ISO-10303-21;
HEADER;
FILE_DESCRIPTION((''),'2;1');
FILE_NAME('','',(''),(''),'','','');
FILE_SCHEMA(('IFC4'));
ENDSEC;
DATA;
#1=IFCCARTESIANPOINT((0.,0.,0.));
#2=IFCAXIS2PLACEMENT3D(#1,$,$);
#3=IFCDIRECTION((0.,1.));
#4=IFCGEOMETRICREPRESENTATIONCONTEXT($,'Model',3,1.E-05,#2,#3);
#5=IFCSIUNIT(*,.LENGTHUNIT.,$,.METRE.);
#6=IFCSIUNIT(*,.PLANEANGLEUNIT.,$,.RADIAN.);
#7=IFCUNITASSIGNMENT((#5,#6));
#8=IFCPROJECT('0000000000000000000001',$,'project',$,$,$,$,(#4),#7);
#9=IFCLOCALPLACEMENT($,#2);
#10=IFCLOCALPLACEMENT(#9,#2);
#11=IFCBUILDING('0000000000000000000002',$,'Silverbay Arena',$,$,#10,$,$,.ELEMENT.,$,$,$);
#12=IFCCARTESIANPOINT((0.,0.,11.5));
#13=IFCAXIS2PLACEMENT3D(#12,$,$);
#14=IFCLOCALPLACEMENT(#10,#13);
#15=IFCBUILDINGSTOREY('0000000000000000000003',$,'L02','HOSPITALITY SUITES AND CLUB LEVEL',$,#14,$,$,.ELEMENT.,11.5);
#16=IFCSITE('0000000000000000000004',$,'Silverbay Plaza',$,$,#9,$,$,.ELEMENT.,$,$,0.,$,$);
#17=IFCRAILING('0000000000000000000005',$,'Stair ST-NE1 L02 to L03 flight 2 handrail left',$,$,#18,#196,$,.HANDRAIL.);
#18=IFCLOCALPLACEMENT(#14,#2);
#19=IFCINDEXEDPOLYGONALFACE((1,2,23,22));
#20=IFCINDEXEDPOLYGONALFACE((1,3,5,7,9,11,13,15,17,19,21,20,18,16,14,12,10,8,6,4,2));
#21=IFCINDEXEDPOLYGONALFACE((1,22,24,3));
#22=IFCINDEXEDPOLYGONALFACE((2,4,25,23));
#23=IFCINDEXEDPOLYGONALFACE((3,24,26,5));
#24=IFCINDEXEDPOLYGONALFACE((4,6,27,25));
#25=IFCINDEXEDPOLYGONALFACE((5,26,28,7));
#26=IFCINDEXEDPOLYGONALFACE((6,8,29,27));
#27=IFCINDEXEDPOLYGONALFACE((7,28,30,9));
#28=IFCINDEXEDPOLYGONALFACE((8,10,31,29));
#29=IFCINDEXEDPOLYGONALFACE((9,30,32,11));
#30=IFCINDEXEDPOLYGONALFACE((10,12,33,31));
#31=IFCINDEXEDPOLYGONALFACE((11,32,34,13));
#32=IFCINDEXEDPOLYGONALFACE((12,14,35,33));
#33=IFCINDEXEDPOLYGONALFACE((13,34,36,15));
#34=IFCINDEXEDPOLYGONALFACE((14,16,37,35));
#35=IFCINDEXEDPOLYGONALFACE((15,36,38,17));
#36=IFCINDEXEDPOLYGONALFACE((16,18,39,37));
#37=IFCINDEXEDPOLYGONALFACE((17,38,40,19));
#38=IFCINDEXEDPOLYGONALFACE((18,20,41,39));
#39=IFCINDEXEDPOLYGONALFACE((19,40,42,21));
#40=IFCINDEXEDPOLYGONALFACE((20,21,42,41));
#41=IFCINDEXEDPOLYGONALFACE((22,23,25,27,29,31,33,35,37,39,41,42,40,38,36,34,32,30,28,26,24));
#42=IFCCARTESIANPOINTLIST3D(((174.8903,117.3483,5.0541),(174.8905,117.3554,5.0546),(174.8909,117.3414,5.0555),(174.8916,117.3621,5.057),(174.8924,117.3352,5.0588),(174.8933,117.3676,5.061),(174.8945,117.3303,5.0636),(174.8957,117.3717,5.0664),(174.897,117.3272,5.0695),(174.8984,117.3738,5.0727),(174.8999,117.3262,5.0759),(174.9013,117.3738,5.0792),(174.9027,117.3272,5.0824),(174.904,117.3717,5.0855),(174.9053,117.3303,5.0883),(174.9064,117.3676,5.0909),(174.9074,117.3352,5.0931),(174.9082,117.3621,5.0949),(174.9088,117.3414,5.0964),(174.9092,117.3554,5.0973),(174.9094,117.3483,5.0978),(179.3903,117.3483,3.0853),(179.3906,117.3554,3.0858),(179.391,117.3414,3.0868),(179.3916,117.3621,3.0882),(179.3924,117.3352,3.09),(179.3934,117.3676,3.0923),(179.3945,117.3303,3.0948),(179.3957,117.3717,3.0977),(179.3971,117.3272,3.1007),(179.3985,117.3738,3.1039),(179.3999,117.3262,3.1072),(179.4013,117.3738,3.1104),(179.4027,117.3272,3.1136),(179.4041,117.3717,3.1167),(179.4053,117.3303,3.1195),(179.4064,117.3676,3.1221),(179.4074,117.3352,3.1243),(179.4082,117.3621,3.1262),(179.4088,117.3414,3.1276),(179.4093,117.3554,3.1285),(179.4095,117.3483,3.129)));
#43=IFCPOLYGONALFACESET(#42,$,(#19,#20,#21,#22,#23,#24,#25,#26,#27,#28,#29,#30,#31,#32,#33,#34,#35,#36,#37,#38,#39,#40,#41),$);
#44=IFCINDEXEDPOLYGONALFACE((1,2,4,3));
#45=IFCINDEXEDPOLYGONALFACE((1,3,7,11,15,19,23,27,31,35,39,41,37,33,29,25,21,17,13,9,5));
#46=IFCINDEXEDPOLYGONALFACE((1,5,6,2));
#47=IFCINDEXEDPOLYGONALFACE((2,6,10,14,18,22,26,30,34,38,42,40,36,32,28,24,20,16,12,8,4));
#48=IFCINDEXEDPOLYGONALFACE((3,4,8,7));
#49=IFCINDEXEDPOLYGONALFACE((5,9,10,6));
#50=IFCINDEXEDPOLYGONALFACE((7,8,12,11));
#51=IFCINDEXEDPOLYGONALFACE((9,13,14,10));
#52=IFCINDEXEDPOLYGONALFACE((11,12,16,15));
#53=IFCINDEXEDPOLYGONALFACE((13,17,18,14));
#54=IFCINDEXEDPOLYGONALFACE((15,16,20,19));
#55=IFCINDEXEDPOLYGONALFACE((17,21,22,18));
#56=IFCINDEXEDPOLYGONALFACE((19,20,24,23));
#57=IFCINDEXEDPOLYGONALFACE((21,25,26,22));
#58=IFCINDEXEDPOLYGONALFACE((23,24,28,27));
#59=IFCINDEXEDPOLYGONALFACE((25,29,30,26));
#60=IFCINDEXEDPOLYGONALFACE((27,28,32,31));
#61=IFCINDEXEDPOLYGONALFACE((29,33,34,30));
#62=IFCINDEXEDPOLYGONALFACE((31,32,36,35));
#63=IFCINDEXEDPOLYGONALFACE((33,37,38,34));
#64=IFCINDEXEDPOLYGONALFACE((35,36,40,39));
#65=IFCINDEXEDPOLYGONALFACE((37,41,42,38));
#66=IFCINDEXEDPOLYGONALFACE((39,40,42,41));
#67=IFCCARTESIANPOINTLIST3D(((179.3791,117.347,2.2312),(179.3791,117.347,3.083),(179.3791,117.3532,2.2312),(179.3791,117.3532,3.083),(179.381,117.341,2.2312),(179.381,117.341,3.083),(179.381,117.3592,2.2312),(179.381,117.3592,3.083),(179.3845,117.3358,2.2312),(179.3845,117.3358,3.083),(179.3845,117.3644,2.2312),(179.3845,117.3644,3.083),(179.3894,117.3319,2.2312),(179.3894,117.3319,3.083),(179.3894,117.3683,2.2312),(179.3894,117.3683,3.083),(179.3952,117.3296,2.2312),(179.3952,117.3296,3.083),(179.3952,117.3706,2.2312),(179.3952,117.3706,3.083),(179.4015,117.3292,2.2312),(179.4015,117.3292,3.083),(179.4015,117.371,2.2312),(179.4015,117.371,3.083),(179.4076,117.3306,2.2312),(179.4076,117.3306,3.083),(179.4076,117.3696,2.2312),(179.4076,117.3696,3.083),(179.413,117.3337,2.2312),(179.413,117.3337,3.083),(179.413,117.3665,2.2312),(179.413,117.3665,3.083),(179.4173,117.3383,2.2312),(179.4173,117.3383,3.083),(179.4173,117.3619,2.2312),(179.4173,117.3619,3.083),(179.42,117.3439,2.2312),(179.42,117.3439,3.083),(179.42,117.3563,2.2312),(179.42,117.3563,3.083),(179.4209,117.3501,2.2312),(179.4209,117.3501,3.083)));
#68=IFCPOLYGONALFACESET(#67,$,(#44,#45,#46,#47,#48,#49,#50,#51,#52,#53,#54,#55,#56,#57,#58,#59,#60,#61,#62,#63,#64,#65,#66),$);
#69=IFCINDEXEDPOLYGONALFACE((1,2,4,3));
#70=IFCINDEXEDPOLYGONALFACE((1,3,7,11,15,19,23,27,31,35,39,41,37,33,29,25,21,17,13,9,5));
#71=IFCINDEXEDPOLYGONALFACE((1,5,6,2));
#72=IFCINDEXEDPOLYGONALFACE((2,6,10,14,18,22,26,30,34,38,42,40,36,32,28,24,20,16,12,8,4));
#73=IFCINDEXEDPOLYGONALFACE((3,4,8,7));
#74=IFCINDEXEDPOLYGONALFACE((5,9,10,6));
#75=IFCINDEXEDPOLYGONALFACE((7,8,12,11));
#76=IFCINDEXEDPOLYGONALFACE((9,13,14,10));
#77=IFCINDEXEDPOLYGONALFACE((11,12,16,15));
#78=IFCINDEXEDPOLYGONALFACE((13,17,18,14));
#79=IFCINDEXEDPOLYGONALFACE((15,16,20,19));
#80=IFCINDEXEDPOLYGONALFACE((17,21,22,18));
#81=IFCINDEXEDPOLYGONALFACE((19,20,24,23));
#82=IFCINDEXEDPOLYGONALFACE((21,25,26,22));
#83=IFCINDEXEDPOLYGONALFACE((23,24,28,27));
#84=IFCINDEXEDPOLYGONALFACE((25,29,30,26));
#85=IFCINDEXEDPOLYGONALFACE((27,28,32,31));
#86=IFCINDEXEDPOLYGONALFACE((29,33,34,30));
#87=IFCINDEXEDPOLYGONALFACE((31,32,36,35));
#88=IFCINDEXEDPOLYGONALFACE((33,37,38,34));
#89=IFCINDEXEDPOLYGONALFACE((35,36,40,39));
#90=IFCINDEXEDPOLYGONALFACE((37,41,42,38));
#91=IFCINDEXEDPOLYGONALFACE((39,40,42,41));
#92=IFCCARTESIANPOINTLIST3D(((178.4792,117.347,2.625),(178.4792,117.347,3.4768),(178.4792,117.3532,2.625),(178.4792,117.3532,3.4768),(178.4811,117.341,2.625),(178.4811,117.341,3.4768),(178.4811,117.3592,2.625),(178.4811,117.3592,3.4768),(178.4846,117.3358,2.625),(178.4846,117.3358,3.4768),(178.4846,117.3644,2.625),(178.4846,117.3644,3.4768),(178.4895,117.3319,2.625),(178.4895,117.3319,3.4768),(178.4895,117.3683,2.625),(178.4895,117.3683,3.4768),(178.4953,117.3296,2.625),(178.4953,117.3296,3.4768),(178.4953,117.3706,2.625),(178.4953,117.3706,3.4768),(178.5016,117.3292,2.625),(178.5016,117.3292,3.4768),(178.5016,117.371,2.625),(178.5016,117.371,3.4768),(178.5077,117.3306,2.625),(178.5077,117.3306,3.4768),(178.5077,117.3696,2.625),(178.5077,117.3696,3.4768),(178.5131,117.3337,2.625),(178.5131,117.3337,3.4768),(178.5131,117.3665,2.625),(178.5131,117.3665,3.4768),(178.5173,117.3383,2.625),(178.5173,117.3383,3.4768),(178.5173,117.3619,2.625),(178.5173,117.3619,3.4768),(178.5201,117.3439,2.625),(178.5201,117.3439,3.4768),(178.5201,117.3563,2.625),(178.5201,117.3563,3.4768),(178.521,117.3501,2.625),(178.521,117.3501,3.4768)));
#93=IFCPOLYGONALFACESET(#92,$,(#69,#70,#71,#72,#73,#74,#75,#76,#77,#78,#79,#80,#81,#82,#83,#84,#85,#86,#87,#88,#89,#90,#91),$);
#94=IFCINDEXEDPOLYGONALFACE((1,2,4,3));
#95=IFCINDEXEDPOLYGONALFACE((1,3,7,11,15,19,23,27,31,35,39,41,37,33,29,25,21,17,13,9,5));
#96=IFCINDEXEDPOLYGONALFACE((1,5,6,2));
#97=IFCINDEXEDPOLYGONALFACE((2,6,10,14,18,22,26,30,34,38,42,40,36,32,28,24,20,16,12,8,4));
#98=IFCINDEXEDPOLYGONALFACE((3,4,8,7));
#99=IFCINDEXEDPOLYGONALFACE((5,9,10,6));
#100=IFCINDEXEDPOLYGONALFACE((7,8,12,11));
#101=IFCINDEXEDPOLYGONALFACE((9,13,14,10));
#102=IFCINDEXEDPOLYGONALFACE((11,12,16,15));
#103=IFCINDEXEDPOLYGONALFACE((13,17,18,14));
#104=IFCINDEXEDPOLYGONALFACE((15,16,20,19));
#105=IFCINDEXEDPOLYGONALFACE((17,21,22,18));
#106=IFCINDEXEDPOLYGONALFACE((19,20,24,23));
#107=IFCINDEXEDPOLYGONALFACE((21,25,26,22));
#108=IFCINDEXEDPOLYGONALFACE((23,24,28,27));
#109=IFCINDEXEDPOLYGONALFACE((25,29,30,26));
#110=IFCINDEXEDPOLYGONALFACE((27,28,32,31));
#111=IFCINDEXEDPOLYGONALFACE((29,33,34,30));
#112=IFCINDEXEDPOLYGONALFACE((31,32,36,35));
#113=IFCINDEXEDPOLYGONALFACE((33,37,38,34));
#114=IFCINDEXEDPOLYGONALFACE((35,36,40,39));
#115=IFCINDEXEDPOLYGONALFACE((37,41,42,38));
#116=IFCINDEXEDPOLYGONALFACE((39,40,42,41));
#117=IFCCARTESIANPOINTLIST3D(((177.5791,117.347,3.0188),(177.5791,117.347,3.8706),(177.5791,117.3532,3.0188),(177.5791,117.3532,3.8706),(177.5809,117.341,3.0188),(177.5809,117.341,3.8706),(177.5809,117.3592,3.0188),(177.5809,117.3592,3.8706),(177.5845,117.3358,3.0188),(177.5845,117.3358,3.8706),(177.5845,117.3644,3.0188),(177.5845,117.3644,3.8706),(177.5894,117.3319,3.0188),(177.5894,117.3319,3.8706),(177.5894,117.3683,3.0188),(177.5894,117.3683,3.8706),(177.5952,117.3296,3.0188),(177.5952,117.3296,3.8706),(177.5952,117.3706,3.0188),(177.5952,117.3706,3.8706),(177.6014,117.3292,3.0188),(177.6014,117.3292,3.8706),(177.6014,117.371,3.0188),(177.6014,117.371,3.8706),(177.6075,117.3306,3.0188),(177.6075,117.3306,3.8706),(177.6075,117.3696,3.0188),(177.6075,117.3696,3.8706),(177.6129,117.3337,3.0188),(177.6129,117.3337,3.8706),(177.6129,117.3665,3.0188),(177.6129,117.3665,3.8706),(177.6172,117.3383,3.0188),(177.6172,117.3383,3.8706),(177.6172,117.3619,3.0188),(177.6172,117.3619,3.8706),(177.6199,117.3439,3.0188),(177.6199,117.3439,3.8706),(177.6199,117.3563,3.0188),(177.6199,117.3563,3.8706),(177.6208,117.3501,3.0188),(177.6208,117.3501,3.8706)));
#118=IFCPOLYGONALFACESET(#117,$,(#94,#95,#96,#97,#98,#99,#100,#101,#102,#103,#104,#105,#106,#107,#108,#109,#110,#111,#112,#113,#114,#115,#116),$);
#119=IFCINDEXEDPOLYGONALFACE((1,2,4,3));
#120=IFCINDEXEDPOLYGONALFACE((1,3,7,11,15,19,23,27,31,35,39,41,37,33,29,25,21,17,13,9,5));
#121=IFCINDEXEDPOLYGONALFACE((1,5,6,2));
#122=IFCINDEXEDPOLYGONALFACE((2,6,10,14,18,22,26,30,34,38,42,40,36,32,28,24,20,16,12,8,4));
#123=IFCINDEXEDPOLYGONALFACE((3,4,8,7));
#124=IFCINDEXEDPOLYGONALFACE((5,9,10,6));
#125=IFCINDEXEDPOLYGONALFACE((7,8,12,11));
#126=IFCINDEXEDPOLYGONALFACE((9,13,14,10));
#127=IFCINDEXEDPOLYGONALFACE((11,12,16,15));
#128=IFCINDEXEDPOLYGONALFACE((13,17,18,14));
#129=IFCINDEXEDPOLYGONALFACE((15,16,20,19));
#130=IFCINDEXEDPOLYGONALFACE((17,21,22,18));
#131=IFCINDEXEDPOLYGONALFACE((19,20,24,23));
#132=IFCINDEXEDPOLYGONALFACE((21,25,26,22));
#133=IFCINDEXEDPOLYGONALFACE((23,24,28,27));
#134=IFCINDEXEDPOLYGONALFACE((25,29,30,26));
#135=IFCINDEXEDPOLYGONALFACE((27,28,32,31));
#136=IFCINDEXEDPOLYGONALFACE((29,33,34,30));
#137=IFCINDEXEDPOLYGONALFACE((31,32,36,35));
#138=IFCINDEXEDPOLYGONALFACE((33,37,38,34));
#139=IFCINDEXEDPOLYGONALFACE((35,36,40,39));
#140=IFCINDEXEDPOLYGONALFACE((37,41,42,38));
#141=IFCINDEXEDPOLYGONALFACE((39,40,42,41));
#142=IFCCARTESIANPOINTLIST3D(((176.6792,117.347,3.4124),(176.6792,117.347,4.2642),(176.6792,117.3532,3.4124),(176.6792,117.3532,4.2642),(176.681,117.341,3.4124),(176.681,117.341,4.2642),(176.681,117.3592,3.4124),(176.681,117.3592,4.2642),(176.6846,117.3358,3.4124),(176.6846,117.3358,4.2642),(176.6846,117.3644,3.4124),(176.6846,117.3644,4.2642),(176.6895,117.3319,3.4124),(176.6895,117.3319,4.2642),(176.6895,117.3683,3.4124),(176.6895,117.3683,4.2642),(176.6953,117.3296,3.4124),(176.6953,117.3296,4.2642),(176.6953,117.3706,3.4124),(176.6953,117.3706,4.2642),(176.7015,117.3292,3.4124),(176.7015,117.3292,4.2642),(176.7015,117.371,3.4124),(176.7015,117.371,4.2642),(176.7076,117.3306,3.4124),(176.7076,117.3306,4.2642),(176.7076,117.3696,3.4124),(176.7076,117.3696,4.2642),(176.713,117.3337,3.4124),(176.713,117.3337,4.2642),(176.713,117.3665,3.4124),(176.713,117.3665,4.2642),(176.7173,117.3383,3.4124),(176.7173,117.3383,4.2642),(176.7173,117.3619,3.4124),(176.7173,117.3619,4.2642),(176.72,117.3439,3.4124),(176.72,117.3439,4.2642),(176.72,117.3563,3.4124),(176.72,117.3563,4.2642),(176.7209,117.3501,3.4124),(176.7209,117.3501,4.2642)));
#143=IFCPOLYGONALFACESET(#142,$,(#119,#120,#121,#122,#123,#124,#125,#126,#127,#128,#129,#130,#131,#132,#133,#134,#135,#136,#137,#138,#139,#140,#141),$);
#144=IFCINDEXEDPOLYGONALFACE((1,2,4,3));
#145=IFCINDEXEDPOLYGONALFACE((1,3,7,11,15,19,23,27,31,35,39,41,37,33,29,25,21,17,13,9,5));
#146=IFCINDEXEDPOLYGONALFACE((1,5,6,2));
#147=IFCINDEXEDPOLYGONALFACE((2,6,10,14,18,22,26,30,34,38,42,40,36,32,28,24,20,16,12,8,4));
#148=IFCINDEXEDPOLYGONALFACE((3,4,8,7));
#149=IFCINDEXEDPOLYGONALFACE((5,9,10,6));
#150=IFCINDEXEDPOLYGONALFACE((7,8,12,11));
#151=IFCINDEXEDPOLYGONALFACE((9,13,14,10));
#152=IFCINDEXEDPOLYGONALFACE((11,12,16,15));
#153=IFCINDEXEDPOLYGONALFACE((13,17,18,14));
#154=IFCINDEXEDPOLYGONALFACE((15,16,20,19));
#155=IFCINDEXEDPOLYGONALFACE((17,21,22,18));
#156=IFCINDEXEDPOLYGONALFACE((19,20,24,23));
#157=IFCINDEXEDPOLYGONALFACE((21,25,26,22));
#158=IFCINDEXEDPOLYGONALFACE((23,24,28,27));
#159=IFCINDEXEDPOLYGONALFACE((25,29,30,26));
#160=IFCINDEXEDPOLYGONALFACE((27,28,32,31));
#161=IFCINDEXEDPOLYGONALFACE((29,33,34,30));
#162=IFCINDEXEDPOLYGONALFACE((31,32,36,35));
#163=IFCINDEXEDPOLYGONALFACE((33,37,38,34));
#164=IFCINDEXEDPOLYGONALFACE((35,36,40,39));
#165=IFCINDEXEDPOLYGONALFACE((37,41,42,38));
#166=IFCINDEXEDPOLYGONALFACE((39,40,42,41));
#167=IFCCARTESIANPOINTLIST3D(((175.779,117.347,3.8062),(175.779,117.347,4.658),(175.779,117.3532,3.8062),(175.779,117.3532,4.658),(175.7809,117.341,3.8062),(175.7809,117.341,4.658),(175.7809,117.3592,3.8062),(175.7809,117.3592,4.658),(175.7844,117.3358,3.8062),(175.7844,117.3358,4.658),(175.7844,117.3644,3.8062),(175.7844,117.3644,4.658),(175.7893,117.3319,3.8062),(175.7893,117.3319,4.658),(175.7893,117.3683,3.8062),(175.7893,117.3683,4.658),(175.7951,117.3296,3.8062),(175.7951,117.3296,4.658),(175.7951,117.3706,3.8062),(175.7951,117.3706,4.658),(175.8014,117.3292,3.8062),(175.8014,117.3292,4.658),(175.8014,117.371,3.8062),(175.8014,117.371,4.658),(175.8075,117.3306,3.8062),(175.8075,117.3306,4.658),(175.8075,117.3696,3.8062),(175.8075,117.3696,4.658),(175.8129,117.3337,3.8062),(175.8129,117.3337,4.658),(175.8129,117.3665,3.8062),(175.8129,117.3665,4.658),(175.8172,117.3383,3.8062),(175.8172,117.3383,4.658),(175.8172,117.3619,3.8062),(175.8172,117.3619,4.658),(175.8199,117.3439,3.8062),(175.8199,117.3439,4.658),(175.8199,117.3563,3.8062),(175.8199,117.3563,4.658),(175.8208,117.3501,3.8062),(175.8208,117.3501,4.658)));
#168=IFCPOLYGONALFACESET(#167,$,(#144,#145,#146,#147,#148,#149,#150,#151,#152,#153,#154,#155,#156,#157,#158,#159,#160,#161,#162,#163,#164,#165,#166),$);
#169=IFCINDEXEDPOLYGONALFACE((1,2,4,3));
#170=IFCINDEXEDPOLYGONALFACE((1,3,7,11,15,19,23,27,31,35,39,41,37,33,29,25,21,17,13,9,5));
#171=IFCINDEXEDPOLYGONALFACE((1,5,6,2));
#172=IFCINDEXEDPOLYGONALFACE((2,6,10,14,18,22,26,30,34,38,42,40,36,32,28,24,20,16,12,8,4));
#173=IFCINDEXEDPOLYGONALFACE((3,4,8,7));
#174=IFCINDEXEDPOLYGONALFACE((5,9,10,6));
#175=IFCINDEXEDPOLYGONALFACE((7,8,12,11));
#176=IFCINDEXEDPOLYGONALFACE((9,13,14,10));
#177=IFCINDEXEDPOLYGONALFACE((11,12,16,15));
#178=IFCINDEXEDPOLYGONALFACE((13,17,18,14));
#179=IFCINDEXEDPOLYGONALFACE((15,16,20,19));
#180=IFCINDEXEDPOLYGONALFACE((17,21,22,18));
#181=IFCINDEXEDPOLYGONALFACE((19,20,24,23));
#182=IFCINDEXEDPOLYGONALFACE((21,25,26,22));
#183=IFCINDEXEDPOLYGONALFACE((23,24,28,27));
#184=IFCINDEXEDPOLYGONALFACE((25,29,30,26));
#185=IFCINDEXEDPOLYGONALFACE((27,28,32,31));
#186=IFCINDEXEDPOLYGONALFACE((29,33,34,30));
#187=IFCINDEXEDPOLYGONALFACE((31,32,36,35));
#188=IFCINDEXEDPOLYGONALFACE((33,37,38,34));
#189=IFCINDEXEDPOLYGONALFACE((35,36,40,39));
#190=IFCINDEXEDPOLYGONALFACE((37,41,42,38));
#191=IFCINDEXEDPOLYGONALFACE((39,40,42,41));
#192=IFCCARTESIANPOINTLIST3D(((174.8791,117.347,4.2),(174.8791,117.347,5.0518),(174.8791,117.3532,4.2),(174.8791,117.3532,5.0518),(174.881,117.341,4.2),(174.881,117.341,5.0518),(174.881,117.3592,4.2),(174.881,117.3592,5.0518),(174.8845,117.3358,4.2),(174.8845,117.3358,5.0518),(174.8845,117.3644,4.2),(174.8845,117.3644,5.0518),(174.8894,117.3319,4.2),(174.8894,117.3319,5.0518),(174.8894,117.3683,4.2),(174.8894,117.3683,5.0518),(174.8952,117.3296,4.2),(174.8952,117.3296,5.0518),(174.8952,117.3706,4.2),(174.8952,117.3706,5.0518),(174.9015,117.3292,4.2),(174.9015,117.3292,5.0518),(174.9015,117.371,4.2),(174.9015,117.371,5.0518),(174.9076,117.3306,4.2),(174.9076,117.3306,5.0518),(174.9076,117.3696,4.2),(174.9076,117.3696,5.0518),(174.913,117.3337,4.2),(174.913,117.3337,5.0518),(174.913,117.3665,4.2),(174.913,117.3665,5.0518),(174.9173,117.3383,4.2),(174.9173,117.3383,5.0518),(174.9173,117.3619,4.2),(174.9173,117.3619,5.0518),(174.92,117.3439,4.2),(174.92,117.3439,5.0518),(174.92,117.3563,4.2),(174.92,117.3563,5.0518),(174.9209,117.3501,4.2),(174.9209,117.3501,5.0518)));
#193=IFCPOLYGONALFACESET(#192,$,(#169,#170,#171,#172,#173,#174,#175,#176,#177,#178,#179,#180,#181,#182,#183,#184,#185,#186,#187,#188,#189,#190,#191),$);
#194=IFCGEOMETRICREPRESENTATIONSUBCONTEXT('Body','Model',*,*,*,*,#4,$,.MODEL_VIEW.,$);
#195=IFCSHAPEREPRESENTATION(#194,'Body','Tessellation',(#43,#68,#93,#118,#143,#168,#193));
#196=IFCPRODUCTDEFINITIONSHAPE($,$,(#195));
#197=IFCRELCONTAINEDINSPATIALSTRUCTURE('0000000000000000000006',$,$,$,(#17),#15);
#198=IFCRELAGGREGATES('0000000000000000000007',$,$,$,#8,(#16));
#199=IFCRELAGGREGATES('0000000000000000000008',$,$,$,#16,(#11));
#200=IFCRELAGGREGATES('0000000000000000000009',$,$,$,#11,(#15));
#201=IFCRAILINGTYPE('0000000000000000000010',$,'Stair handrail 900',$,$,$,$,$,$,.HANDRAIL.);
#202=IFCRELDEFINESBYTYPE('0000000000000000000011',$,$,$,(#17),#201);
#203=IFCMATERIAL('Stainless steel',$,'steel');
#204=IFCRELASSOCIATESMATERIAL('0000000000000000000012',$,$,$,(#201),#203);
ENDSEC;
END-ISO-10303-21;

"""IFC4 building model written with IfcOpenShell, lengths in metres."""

from ifc_helpers import new_model, si_unit, direction, frame, origin, origin_2d, place, context, subcontext, project, spatial, circle, extrude, material, type_object, element, save


model = new_model("IFC4")

# Units and contexts
model_context = context("Model", 3, precision=1e-05, world=origin(), true_north=direction((0.0, 1.0)))
body_context = subcontext(model_context, "Body", "Model", "MODEL_VIEW")
ifc_project = project(units=[si_unit("LENGTHUNIT", "METRE"), si_unit("PLANEANGLEUNIT", "RADIAN")], contexts=[model_context])

# Site, building, storey
site_placement = place(None, origin())
site = spatial("IfcSite", under=ifc_project, at=site_placement, Name="Silverbay Plaza", CompositionType="ELEMENT", RefElevation=0.0)
building_placement = place(site_placement, origin())
building = spatial("IfcBuilding", under=site, at=building_placement, Name="Silverbay Arena", CompositionType="ELEMENT")
storey_placement = place(building_placement, frame((0.0, 0.0, 11.5)))
storey = spatial("IfcBuildingStorey", under=building, at=storey_placement, Name="L02", Description="HOSPITALITY SUITES AND CLUB LEVEL", CompositionType="ELEMENT", Elevation=11.5)

# Railing
ifc_material_1 = material(Name="Stainless steel", Category="steel")
railing_type_1 = type_object("IfcRailingType", Name="Stair handrail 900", PredefinedType="HANDRAIL", material=ifc_material_1)
for number, where, name in (
    (1, (179.3999, 117.3501, 2.2312), "Stair ST-NE1 L02 to L03 flight 2 handrail left"),
):
    element("IfcRailing", number, at=place(storey_placement, frame(where)), inside=storey, type_object=railing_type_1, Name=name, PredefinedType="HANDRAIL", context=body_context, shape_type="SweptSolid", body=[
        extrude(circle(Radius=0.0239, at=origin_2d()), frame((0.0, 0.0, 0.876), z_axis=(-0.916157, 0.0, 0.400819), x_axis=(0.0, -1.0, 0.0)), (0.0, 0.0, 1.0), 4.9119),
        extrude(circle(Radius=0.021, at=origin_2d()), origin(), (0.0, 0.0, 1.0), 0.8518),
        extrude(circle(Radius=0.021, at=origin_2d()), frame((-0.8999, 0.0, 0.3938)), (0.0, 0.0, 1.0), 0.8518),
        extrude(circle(Radius=0.021, at=origin_2d()), frame((-1.8, 0.0, 0.7876)), (0.0, 0.0, 1.0), 0.8518),
        extrude(circle(Radius=0.021, at=origin_2d()), frame((-2.7, 0.0, 1.1812)), (0.0, 0.0, 1.0), 0.8518),
        extrude(circle(Radius=0.021, at=origin_2d()), frame((-3.6001, 0.0, 1.575)), (0.0, 0.0, 1.0), 0.8518),
        extrude(circle(Radius=0.021, at=origin_2d()), frame((-4.5, 0.0, 1.9688)), (0.0, 0.0, 1.0), 0.8518),
    ])

save(model, "model.ifc")
